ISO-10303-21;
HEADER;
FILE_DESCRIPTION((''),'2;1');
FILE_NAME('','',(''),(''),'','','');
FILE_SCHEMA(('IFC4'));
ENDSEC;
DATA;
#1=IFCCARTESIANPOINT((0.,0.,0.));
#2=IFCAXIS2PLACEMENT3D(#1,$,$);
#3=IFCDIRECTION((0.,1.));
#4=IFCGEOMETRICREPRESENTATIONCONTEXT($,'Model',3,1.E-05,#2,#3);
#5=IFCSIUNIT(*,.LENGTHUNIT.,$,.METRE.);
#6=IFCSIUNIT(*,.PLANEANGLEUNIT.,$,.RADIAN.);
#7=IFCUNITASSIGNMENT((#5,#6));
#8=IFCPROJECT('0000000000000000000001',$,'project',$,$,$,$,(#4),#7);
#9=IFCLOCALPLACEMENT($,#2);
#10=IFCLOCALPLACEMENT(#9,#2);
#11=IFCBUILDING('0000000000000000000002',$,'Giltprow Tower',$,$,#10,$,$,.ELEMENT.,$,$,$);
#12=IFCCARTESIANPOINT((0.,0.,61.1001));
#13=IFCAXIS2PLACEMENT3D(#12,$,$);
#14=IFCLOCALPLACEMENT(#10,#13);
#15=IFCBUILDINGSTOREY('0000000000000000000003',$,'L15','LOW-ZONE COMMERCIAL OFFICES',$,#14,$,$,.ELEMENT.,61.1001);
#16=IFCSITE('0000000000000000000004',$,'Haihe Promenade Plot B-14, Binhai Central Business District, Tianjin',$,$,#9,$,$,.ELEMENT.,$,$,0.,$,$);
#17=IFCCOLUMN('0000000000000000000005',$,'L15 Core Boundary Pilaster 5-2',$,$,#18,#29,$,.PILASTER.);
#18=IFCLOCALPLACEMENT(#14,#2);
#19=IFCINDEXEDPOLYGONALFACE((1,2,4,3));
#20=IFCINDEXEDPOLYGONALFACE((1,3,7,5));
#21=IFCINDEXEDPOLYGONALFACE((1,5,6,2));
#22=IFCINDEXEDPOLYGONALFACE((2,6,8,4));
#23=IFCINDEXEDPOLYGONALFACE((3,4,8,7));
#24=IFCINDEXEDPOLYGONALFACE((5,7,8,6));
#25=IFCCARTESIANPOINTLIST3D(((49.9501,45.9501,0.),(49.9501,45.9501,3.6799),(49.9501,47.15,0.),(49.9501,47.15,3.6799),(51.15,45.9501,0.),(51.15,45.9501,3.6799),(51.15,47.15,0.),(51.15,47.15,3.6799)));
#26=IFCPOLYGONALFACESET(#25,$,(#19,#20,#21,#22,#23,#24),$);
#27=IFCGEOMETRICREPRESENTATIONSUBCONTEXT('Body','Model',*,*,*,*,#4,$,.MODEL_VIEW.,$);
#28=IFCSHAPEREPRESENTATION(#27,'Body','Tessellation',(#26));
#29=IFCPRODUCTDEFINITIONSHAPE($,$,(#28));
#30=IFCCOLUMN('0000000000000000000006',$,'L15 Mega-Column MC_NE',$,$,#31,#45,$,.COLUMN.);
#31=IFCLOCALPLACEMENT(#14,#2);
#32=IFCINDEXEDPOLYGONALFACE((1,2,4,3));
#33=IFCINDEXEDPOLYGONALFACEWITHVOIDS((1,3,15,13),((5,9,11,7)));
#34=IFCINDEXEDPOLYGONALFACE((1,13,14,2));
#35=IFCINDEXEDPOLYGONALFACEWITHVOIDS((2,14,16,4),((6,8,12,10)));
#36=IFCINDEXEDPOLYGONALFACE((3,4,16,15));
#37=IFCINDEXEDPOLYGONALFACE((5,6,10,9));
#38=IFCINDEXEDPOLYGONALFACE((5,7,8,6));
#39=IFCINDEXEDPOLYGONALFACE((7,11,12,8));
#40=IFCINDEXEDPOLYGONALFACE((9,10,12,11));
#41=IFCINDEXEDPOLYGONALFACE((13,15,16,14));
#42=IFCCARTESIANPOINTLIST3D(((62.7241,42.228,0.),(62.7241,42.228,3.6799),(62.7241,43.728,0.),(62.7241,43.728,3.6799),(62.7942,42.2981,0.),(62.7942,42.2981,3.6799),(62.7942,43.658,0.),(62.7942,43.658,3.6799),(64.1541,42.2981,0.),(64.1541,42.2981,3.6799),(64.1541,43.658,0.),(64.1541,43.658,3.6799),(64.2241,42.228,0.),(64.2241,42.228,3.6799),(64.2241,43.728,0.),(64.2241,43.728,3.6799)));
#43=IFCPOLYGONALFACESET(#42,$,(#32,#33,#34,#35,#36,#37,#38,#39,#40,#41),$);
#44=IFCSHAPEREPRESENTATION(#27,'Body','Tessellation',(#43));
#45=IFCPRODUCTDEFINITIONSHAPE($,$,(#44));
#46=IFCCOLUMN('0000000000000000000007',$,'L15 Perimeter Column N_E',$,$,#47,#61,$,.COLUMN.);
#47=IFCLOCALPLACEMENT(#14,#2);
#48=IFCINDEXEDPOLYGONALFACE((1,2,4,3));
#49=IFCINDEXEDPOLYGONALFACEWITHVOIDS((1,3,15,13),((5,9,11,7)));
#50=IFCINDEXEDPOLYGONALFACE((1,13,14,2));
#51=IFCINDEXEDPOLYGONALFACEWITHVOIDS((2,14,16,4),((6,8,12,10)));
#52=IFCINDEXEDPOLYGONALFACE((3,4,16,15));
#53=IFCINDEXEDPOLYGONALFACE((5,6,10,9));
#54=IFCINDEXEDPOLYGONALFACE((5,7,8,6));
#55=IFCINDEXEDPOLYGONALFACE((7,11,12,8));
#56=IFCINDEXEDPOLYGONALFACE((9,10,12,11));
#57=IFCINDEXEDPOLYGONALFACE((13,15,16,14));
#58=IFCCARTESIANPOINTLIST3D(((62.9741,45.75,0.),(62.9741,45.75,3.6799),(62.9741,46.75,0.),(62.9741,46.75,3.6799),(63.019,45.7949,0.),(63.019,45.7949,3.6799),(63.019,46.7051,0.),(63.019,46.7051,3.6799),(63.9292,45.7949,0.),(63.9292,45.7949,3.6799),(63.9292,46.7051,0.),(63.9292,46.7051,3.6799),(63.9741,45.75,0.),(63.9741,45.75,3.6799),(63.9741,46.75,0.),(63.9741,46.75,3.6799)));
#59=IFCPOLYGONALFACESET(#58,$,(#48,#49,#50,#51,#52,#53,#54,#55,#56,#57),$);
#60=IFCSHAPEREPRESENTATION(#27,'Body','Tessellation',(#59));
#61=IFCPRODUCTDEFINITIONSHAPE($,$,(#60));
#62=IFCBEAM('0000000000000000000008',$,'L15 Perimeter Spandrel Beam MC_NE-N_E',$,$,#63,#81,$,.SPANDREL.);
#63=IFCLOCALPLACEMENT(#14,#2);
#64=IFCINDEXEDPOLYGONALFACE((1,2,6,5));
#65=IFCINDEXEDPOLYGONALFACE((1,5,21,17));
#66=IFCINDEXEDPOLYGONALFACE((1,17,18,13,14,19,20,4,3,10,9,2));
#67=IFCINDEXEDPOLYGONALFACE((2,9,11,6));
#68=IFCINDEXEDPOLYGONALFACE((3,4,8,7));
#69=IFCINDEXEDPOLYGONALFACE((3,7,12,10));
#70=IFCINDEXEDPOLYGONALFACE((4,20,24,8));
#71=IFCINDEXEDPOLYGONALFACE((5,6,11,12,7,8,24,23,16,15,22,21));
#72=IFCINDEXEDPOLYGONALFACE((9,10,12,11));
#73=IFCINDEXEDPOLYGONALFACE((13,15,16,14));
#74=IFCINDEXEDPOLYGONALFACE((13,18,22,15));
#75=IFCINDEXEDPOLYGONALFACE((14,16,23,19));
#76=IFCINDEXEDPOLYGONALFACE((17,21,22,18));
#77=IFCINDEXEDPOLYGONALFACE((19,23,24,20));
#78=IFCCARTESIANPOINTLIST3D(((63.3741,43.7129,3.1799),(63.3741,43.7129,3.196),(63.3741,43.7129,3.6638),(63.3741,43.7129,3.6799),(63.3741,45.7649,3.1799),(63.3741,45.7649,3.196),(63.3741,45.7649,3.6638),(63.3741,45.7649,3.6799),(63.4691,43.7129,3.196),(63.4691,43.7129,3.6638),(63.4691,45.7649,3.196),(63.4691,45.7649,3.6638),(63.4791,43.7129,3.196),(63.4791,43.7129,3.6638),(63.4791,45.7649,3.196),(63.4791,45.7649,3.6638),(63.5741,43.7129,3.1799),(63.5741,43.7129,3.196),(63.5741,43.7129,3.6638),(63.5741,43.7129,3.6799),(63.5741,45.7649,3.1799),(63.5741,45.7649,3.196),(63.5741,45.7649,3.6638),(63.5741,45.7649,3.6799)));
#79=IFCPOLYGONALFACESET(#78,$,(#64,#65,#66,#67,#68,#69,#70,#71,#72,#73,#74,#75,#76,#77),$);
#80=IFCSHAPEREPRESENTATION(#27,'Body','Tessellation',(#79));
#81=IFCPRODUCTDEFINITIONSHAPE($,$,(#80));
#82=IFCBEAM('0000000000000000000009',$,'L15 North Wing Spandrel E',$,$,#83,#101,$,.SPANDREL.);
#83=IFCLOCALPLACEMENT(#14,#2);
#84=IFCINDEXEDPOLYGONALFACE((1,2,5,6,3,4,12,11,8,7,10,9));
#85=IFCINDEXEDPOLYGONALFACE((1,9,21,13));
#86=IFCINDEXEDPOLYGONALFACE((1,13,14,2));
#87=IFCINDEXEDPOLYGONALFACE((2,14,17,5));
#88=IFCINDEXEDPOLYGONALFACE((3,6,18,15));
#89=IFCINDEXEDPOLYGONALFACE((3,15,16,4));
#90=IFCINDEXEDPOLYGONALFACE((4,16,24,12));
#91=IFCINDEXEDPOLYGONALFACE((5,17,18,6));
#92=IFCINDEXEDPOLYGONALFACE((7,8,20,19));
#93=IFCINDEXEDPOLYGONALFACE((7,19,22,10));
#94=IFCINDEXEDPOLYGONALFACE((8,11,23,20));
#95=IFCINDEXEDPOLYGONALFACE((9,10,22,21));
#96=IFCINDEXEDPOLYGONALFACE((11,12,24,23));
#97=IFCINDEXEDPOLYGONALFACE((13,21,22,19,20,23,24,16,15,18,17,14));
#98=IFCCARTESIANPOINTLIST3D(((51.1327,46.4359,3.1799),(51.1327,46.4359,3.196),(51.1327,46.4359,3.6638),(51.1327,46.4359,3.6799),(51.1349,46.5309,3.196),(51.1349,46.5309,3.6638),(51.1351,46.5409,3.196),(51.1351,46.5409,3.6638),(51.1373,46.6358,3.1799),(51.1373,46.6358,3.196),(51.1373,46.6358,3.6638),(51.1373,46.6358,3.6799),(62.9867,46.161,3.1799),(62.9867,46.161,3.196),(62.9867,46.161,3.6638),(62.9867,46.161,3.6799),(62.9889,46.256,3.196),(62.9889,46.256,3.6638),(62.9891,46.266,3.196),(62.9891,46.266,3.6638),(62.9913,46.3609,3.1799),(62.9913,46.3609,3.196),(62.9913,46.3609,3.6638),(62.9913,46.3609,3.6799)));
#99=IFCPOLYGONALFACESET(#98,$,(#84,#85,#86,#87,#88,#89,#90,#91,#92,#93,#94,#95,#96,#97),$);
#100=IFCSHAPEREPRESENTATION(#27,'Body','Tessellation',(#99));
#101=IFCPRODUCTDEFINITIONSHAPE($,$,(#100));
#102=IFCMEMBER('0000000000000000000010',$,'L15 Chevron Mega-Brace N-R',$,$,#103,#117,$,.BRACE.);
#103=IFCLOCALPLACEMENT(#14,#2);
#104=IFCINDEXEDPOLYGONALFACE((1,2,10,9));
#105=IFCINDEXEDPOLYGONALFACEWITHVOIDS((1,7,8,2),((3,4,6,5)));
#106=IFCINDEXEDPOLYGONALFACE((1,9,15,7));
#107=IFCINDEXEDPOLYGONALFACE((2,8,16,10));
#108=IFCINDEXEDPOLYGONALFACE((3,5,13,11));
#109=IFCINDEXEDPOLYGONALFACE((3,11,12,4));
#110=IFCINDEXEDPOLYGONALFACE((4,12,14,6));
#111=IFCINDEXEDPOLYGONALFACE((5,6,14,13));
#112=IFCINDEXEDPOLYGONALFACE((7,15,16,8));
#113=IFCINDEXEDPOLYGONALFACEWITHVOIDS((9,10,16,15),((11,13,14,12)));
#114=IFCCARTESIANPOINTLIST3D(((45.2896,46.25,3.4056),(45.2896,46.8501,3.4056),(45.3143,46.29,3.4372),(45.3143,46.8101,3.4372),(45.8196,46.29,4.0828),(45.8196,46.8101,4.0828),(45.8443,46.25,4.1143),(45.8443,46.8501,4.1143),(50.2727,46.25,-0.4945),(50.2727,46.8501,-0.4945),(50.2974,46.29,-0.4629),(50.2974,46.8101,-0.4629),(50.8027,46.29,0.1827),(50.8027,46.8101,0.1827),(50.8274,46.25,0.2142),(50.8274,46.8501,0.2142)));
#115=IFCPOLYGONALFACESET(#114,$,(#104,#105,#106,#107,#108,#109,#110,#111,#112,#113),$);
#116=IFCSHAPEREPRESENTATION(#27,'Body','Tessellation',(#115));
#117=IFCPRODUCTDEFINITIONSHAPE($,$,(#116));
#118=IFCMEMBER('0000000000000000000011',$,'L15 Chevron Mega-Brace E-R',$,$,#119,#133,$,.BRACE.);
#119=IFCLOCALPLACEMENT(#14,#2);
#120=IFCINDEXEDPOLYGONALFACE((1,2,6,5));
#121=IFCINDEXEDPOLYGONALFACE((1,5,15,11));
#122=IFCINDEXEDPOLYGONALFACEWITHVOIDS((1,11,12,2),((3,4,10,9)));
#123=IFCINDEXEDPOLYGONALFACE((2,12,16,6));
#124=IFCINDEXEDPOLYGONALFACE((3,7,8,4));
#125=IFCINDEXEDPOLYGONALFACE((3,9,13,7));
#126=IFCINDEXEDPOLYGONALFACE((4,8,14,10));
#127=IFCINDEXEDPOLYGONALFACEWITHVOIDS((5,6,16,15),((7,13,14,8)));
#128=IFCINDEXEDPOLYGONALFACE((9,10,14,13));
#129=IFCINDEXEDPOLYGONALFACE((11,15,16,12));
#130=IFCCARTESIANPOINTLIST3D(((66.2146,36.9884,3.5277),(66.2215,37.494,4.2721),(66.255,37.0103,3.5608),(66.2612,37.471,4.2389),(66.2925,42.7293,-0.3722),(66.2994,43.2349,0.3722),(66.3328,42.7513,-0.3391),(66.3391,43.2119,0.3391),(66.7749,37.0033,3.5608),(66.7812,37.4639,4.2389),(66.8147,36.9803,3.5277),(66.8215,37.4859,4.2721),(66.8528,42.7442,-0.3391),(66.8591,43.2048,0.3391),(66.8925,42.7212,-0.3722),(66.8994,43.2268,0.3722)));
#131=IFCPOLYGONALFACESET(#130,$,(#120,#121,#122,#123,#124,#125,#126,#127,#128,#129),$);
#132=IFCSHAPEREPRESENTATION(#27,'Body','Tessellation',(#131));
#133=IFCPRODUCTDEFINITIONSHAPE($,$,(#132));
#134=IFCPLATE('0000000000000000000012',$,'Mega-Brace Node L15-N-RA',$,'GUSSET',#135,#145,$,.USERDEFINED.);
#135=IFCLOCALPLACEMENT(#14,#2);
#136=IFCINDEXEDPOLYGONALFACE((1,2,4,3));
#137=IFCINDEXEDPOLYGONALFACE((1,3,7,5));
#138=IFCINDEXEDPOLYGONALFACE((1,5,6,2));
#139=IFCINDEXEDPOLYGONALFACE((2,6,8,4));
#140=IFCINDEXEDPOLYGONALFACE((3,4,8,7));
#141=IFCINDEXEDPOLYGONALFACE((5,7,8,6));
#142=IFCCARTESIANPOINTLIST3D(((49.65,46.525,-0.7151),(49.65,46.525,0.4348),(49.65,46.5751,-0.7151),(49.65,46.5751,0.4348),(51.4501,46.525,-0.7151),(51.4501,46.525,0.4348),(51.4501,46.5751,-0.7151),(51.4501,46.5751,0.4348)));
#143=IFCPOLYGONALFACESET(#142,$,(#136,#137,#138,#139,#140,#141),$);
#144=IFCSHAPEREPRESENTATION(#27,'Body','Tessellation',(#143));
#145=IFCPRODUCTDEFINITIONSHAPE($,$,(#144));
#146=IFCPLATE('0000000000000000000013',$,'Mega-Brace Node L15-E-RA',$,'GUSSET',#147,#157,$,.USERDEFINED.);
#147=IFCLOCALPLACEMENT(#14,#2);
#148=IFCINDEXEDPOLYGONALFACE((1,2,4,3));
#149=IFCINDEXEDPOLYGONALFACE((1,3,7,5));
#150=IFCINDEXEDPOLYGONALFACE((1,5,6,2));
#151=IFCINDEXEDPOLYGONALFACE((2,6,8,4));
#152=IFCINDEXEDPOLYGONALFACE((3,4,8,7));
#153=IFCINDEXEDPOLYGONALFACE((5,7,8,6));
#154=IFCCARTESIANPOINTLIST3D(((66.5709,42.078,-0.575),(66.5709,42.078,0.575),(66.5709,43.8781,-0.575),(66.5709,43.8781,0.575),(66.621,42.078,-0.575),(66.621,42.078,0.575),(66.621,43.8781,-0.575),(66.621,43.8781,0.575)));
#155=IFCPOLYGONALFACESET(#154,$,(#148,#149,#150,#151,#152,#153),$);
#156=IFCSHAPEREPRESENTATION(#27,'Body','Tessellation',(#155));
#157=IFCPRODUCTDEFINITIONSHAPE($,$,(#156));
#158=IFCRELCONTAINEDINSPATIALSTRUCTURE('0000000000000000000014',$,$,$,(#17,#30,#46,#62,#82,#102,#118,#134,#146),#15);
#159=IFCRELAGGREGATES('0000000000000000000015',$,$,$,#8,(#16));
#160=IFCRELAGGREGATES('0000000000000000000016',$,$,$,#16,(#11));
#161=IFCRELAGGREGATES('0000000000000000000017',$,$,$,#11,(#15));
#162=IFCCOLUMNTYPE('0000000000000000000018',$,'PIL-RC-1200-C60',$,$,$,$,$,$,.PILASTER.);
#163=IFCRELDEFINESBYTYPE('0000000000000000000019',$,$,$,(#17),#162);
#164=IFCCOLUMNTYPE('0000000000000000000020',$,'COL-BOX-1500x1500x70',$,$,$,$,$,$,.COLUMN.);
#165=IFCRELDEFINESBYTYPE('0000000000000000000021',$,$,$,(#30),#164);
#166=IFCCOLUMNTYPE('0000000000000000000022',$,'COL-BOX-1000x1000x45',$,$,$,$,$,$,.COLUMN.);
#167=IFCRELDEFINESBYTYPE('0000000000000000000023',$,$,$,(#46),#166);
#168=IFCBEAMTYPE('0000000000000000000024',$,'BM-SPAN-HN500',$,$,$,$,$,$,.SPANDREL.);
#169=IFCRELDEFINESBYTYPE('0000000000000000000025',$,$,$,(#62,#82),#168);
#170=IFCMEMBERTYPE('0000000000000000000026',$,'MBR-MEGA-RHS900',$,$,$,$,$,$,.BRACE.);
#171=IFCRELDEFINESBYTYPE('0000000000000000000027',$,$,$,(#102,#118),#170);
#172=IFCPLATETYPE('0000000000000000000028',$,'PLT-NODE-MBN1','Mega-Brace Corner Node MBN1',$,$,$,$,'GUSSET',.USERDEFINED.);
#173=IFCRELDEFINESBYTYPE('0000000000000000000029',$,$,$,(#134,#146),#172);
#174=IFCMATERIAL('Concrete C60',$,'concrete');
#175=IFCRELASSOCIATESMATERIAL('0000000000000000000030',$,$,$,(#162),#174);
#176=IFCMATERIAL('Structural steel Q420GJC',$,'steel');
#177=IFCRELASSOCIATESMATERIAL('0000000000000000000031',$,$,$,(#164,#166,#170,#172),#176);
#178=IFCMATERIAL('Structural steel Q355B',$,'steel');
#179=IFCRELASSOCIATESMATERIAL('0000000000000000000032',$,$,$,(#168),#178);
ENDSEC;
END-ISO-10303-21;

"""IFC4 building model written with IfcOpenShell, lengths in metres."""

from ifc_helpers import new_model, si_unit, direction, frame, origin, origin_2d, place, context, subcontext, project, spatial, rectangle, hollow_rectangle, i_section, extrude, source, transform, mapped, material, material_profile, profile_set, type_object, element, save


model = new_model("IFC4")

# Units and contexts
model_context = context("Model", 3, precision=1e-05, world=origin(), true_north=direction((0.0, 1.0)))
body_context = subcontext(model_context, "Body", "Model", "MODEL_VIEW")
ifc_project = project(units=[si_unit("LENGTHUNIT", "METRE"), si_unit("PLANEANGLEUNIT", "RADIAN")], contexts=[model_context])

# Site, building, storey
site_placement = place(None, origin())
site = spatial("IfcSite", under=ifc_project, at=site_placement, Name="Haihe Promenade Plot B-14, Binhai Central Business District, Tianjin", CompositionType="ELEMENT", RefElevation=0.0)
building_placement = place(site_placement, origin())
building = spatial("IfcBuilding", under=site, at=building_placement, Name="Giltprow Tower", CompositionType="ELEMENT")
storey_placement = place(building_placement, frame((0.0, 0.0, 61.1001)))
storey = spatial("IfcBuildingStorey", under=building, at=storey_placement, Name="L15", Description="LOW-ZONE COMMERCIAL OFFICES", CompositionType="ELEMENT", Elevation=61.1001)

# Columns
ifc_material_1 = material(Name="Concrete C60", Category="concrete")
ifc_material_profile_1 = material_profile(ifc_material_1, rectangle(XDim=1.2, YDim=1.2, at=origin_2d()), Name="RC 1200x1200")
ifc_profile_set_1 = profile_set([ifc_material_profile_1], Name="Concrete C60")
column_type_1 = type_object("IfcColumnType", Name="PIL-RC-1200-C60", PredefinedType="PILASTER", material=ifc_profile_set_1)
shared_shape_1 = source(origin(), body_context, "Body", "SweptSolid", [
    extrude(rectangle(XDim=1.2, YDim=1.2, at=origin_2d()), origin(), (0.0, 0.0, 1.0), 3.6799),
])
column_1_placement = place(storey_placement, frame((50.55, 46.55, 0.0), z_axis=(0.0, 0.0, 1.0), x_axis=(1.0, 0.0, 0.0)))
element("IfcColumn", 1, at=column_1_placement, inside=storey, type_object=column_type_1, Name="L15 Core Boundary Pilaster 5-2", PredefinedType="PILASTER", context=body_context, shape_type="MappedRepresentation", body=[
    mapped(shared_shape_1, transform((0.0, 0.0, 0.0), x_axis=(1.0, 0.0, 0.0), y_axis=(0.0, 1.0, 0.0), z_axis=(0.0, 0.0, 1.0), scale=1.0)),
])
ifc_material_2 = material(Name="Structural steel Q420GJC", Category="steel")
ifc_material_profile_2 = material_profile(ifc_material_2, hollow_rectangle(XDim=1.5, YDim=1.5, WallThickness=0.0701, at=origin_2d()), Name="BOX 1500x1500x70")
ifc_profile_set_2 = profile_set([ifc_material_profile_2], Name="Structural steel Q420GJC")
column_type_2 = type_object("IfcColumnType", Name="COL-BOX-1500x1500x70", PredefinedType="COLUMN", material=ifc_profile_set_2)
shared_shape_2 = source(origin(), body_context, "Body", "SweptSolid", [
    extrude(hollow_rectangle(XDim=1.5, YDim=1.5, WallThickness=0.0701, at=origin_2d()), origin(), (0.0, 0.0, 1.0), 3.6799),
])
column_2_placement = place(storey_placement, frame((63.4741, 42.978, 0.0), z_axis=(0.0, 0.0, 1.0), x_axis=(1.0, 0.0, 0.0)))
element("IfcColumn", 2, at=column_2_placement, inside=storey, type_object=column_type_2, Name="L15 Mega-Column MC_NE", PredefinedType="COLUMN", context=body_context, shape_type="MappedRepresentation", body=[
    mapped(shared_shape_2, transform((0.0, 0.0, 0.0), x_axis=(1.0, 0.0, 0.0), y_axis=(0.0, 1.0, 0.0), z_axis=(0.0, 0.0, 1.0), scale=1.0)),
])
ifc_material_profile_3 = material_profile(ifc_material_2, hollow_rectangle(XDim=1.0, YDim=1.0, WallThickness=0.0449, at=origin_2d()), Name="BOX 1000x1000x45")
ifc_profile_set_3 = profile_set([ifc_material_profile_3], Name="Structural steel Q420GJC")
column_type_3 = type_object("IfcColumnType", Name="COL-BOX-1000x1000x45", PredefinedType="COLUMN", material=ifc_profile_set_3)
shared_shape_3 = source(origin(), body_context, "Body", "SweptSolid", [
    extrude(hollow_rectangle(XDim=1.0, YDim=1.0, WallThickness=0.0449, at=origin_2d()), origin(), (0.0, 0.0, 1.0), 3.6799),
])
column_3_placement = place(storey_placement, frame((63.4741, 46.25, 0.0), z_axis=(0.0, 0.0, 1.0), x_axis=(1.0, 0.0, 0.0)))
element("IfcColumn", 3, at=column_3_placement, inside=storey, type_object=column_type_3, Name="L15 Perimeter Column N_E", PredefinedType="COLUMN", context=body_context, shape_type="MappedRepresentation", body=[
    mapped(shared_shape_3, transform((0.0, 0.0, 0.0), x_axis=(1.0, 0.0, 0.0), y_axis=(0.0, 1.0, 0.0), z_axis=(0.0, 0.0, 1.0), scale=1.0)),
])

# Beams
ifc_material_3 = material(Name="Structural steel Q355B", Category="steel")
ifc_material_profile_4 = material_profile(ifc_material_3, i_section(OverallWidth=0.2, OverallDepth=0.5, WebThickness=0.01, FlangeThickness=0.0161, at=origin_2d()), Name="HN 500x200x10x16")
ifc_profile_set_4 = profile_set([ifc_material_profile_4], Name="Structural steel Q355B")
beam_type = type_object("IfcBeamType", Name="BM-SPAN-HN500", PredefinedType="SPANDREL", material=ifc_profile_set_4)
shared_shape_4 = source(origin(), body_context, "Body", "SweptSolid", [
    extrude(i_section(OverallWidth=0.2, OverallDepth=0.5, WebThickness=0.01, FlangeThickness=0.0161, at=origin_2d()), origin(), (0.0, 0.0, 1.0), 2.052),
])
beam_1_placement = place(storey_placement, frame((63.4741, 43.7129, 3.4299), z_axis=(0.0, 1.0, 0.0), x_axis=(-1.0, 0.0, 0.0)))
element("IfcBeam", 4, at=beam_1_placement, inside=storey, type_object=beam_type, Name="L15 Perimeter Spandrel Beam MC_NE-N_E", PredefinedType="SPANDREL", context=body_context, shape_type="MappedRepresentation", body=[
    mapped(shared_shape_4, transform((0.0, 0.0, 0.0), x_axis=(1.0, 0.0, 0.0), y_axis=(0.0, 1.0, 0.0), z_axis=(0.0, 0.0, 1.0), scale=1.0)),
])
shared_shape_5 = source(origin(), body_context, "Body", "SweptSolid", [
    extrude(i_section(OverallWidth=0.2, OverallDepth=0.5, WebThickness=0.01, FlangeThickness=0.0161, at=origin_2d()), origin(), (0.0, 0.0, 1.0), 11.8572),
])
beam_2_placement = place(storey_placement, frame((51.135, 46.5359, 3.4299), z_axis=(0.999731, -0.023184, 0.0), x_axis=(0.023184, 0.999731, 0.0)))
element("IfcBeam", 5, at=beam_2_placement, inside=storey, type_object=beam_type, Name="L15 North Wing Spandrel E", PredefinedType="SPANDREL", context=body_context, shape_type="MappedRepresentation", body=[
    mapped(shared_shape_5, transform((0.0, 0.0, 0.0), x_axis=(1.0, 0.0, 0.0), y_axis=(0.0, 1.0, 0.0), z_axis=(0.0, 0.0, 1.0), scale=1.0)),
])

# Members
ifc_material_profile_5 = material_profile(ifc_material_2, hollow_rectangle(XDim=0.6001, YDim=0.8999, WallThickness=0.04, at=origin_2d()), Name="RHS 900x600x40")
ifc_profile_set_5 = profile_set([ifc_material_profile_5], Name="Structural steel Q420GJC")
member_type = type_object("IfcMemberType", Name="MBR-MEGA-RHS900", PredefinedType="BRACE", material=ifc_profile_set_5)
shared_shape_6 = source(origin(), body_context, "Body", "SweptSolid", [
    extrude(hollow_rectangle(XDim=0.6001, YDim=0.8999, WallThickness=0.04, at=origin_2d()), origin(), (0.0, 0.0, 1.0), 6.3279),
])
member_1_placement = place(storey_placement, frame((50.55, 46.55, -0.1401), z_axis=(-0.787483, 0.0, 0.616336), x_axis=(0.0, -1.0, 0.0)))
element("IfcMember", 6, at=member_1_placement, inside=storey, type_object=member_type, Name="L15 Chevron Mega-Brace N-R", PredefinedType="BRACE", context=body_context, shape_type="MappedRepresentation", body=[
    mapped(shared_shape_6, transform((0.0, 0.0, 0.0), x_axis=(1.0, 0.0, 0.0), y_axis=(0.0, 1.0, 0.0), z_axis=(0.0, 0.0, 1.0), scale=1.0)),
])
shared_shape_7 = source(origin(), body_context, "Body", "SweptSolid", [
    extrude(hollow_rectangle(XDim=0.6001, YDim=0.8999, WallThickness=0.04, at=origin_2d()), origin(), (0.0, 0.0, 1.0), 6.9407),
])
member_2_placement = place(storey_placement, frame((66.5959, 42.978, 0.0), z_axis=(-0.011221, -0.827139, 0.561885), x_axis=(0.999908, -0.013565, 0.0)))
element("IfcMember", 7, at=member_2_placement, inside=storey, type_object=member_type, Name="L15 Chevron Mega-Brace E-R", PredefinedType="BRACE", context=body_context, shape_type="MappedRepresentation", body=[
    mapped(shared_shape_7, transform((0.0, 0.0, 0.0), x_axis=(1.0, 0.0, 0.0), y_axis=(0.0, 1.0, 0.0), z_axis=(0.0, 0.0, 1.0), scale=1.0)),
])

# Plates
plate_type = type_object("IfcPlateType", Name="PLT-NODE-MBN1", Description="Mega-Brace Corner Node MBN1", ElementType="GUSSET", PredefinedType="USERDEFINED", material=ifc_material_2)
shared_shape_8 = source(origin(), body_context, "Body", "SweptSolid", [
    extrude(rectangle(XDim=1.8, YDim=0.05, at=origin_2d()), origin(), (0.0, 0.0, 1.0), 1.1499),
])
for number, where, z_axis, x_axis, name in (
    (8, (50.55, 46.55, -0.7151), (0.0, 0.0, 1.0), (1.0, 0.0, 0.0), "Mega-Brace Node L15-N-RA"),
    (9, (66.5959, 42.978, -0.575), (0.0, 0.0, 1.0), (0.0, 1.0, 0.0), "Mega-Brace Node L15-E-RA"),
):
    element("IfcPlate", number, at=place(storey_placement, frame(where, z_axis=z_axis, x_axis=x_axis)), inside=storey, type_object=plate_type, Name=name, ObjectType="GUSSET", PredefinedType="USERDEFINED", context=body_context, shape_type="MappedRepresentation", body=[
        mapped(shared_shape_8, transform((0.0, 0.0, 0.0), x_axis=(1.0, 0.0, 0.0), y_axis=(0.0, 1.0, 0.0), z_axis=(0.0, 0.0, 1.0), scale=1.0)),
    ])

save(model, "model.ifc")
